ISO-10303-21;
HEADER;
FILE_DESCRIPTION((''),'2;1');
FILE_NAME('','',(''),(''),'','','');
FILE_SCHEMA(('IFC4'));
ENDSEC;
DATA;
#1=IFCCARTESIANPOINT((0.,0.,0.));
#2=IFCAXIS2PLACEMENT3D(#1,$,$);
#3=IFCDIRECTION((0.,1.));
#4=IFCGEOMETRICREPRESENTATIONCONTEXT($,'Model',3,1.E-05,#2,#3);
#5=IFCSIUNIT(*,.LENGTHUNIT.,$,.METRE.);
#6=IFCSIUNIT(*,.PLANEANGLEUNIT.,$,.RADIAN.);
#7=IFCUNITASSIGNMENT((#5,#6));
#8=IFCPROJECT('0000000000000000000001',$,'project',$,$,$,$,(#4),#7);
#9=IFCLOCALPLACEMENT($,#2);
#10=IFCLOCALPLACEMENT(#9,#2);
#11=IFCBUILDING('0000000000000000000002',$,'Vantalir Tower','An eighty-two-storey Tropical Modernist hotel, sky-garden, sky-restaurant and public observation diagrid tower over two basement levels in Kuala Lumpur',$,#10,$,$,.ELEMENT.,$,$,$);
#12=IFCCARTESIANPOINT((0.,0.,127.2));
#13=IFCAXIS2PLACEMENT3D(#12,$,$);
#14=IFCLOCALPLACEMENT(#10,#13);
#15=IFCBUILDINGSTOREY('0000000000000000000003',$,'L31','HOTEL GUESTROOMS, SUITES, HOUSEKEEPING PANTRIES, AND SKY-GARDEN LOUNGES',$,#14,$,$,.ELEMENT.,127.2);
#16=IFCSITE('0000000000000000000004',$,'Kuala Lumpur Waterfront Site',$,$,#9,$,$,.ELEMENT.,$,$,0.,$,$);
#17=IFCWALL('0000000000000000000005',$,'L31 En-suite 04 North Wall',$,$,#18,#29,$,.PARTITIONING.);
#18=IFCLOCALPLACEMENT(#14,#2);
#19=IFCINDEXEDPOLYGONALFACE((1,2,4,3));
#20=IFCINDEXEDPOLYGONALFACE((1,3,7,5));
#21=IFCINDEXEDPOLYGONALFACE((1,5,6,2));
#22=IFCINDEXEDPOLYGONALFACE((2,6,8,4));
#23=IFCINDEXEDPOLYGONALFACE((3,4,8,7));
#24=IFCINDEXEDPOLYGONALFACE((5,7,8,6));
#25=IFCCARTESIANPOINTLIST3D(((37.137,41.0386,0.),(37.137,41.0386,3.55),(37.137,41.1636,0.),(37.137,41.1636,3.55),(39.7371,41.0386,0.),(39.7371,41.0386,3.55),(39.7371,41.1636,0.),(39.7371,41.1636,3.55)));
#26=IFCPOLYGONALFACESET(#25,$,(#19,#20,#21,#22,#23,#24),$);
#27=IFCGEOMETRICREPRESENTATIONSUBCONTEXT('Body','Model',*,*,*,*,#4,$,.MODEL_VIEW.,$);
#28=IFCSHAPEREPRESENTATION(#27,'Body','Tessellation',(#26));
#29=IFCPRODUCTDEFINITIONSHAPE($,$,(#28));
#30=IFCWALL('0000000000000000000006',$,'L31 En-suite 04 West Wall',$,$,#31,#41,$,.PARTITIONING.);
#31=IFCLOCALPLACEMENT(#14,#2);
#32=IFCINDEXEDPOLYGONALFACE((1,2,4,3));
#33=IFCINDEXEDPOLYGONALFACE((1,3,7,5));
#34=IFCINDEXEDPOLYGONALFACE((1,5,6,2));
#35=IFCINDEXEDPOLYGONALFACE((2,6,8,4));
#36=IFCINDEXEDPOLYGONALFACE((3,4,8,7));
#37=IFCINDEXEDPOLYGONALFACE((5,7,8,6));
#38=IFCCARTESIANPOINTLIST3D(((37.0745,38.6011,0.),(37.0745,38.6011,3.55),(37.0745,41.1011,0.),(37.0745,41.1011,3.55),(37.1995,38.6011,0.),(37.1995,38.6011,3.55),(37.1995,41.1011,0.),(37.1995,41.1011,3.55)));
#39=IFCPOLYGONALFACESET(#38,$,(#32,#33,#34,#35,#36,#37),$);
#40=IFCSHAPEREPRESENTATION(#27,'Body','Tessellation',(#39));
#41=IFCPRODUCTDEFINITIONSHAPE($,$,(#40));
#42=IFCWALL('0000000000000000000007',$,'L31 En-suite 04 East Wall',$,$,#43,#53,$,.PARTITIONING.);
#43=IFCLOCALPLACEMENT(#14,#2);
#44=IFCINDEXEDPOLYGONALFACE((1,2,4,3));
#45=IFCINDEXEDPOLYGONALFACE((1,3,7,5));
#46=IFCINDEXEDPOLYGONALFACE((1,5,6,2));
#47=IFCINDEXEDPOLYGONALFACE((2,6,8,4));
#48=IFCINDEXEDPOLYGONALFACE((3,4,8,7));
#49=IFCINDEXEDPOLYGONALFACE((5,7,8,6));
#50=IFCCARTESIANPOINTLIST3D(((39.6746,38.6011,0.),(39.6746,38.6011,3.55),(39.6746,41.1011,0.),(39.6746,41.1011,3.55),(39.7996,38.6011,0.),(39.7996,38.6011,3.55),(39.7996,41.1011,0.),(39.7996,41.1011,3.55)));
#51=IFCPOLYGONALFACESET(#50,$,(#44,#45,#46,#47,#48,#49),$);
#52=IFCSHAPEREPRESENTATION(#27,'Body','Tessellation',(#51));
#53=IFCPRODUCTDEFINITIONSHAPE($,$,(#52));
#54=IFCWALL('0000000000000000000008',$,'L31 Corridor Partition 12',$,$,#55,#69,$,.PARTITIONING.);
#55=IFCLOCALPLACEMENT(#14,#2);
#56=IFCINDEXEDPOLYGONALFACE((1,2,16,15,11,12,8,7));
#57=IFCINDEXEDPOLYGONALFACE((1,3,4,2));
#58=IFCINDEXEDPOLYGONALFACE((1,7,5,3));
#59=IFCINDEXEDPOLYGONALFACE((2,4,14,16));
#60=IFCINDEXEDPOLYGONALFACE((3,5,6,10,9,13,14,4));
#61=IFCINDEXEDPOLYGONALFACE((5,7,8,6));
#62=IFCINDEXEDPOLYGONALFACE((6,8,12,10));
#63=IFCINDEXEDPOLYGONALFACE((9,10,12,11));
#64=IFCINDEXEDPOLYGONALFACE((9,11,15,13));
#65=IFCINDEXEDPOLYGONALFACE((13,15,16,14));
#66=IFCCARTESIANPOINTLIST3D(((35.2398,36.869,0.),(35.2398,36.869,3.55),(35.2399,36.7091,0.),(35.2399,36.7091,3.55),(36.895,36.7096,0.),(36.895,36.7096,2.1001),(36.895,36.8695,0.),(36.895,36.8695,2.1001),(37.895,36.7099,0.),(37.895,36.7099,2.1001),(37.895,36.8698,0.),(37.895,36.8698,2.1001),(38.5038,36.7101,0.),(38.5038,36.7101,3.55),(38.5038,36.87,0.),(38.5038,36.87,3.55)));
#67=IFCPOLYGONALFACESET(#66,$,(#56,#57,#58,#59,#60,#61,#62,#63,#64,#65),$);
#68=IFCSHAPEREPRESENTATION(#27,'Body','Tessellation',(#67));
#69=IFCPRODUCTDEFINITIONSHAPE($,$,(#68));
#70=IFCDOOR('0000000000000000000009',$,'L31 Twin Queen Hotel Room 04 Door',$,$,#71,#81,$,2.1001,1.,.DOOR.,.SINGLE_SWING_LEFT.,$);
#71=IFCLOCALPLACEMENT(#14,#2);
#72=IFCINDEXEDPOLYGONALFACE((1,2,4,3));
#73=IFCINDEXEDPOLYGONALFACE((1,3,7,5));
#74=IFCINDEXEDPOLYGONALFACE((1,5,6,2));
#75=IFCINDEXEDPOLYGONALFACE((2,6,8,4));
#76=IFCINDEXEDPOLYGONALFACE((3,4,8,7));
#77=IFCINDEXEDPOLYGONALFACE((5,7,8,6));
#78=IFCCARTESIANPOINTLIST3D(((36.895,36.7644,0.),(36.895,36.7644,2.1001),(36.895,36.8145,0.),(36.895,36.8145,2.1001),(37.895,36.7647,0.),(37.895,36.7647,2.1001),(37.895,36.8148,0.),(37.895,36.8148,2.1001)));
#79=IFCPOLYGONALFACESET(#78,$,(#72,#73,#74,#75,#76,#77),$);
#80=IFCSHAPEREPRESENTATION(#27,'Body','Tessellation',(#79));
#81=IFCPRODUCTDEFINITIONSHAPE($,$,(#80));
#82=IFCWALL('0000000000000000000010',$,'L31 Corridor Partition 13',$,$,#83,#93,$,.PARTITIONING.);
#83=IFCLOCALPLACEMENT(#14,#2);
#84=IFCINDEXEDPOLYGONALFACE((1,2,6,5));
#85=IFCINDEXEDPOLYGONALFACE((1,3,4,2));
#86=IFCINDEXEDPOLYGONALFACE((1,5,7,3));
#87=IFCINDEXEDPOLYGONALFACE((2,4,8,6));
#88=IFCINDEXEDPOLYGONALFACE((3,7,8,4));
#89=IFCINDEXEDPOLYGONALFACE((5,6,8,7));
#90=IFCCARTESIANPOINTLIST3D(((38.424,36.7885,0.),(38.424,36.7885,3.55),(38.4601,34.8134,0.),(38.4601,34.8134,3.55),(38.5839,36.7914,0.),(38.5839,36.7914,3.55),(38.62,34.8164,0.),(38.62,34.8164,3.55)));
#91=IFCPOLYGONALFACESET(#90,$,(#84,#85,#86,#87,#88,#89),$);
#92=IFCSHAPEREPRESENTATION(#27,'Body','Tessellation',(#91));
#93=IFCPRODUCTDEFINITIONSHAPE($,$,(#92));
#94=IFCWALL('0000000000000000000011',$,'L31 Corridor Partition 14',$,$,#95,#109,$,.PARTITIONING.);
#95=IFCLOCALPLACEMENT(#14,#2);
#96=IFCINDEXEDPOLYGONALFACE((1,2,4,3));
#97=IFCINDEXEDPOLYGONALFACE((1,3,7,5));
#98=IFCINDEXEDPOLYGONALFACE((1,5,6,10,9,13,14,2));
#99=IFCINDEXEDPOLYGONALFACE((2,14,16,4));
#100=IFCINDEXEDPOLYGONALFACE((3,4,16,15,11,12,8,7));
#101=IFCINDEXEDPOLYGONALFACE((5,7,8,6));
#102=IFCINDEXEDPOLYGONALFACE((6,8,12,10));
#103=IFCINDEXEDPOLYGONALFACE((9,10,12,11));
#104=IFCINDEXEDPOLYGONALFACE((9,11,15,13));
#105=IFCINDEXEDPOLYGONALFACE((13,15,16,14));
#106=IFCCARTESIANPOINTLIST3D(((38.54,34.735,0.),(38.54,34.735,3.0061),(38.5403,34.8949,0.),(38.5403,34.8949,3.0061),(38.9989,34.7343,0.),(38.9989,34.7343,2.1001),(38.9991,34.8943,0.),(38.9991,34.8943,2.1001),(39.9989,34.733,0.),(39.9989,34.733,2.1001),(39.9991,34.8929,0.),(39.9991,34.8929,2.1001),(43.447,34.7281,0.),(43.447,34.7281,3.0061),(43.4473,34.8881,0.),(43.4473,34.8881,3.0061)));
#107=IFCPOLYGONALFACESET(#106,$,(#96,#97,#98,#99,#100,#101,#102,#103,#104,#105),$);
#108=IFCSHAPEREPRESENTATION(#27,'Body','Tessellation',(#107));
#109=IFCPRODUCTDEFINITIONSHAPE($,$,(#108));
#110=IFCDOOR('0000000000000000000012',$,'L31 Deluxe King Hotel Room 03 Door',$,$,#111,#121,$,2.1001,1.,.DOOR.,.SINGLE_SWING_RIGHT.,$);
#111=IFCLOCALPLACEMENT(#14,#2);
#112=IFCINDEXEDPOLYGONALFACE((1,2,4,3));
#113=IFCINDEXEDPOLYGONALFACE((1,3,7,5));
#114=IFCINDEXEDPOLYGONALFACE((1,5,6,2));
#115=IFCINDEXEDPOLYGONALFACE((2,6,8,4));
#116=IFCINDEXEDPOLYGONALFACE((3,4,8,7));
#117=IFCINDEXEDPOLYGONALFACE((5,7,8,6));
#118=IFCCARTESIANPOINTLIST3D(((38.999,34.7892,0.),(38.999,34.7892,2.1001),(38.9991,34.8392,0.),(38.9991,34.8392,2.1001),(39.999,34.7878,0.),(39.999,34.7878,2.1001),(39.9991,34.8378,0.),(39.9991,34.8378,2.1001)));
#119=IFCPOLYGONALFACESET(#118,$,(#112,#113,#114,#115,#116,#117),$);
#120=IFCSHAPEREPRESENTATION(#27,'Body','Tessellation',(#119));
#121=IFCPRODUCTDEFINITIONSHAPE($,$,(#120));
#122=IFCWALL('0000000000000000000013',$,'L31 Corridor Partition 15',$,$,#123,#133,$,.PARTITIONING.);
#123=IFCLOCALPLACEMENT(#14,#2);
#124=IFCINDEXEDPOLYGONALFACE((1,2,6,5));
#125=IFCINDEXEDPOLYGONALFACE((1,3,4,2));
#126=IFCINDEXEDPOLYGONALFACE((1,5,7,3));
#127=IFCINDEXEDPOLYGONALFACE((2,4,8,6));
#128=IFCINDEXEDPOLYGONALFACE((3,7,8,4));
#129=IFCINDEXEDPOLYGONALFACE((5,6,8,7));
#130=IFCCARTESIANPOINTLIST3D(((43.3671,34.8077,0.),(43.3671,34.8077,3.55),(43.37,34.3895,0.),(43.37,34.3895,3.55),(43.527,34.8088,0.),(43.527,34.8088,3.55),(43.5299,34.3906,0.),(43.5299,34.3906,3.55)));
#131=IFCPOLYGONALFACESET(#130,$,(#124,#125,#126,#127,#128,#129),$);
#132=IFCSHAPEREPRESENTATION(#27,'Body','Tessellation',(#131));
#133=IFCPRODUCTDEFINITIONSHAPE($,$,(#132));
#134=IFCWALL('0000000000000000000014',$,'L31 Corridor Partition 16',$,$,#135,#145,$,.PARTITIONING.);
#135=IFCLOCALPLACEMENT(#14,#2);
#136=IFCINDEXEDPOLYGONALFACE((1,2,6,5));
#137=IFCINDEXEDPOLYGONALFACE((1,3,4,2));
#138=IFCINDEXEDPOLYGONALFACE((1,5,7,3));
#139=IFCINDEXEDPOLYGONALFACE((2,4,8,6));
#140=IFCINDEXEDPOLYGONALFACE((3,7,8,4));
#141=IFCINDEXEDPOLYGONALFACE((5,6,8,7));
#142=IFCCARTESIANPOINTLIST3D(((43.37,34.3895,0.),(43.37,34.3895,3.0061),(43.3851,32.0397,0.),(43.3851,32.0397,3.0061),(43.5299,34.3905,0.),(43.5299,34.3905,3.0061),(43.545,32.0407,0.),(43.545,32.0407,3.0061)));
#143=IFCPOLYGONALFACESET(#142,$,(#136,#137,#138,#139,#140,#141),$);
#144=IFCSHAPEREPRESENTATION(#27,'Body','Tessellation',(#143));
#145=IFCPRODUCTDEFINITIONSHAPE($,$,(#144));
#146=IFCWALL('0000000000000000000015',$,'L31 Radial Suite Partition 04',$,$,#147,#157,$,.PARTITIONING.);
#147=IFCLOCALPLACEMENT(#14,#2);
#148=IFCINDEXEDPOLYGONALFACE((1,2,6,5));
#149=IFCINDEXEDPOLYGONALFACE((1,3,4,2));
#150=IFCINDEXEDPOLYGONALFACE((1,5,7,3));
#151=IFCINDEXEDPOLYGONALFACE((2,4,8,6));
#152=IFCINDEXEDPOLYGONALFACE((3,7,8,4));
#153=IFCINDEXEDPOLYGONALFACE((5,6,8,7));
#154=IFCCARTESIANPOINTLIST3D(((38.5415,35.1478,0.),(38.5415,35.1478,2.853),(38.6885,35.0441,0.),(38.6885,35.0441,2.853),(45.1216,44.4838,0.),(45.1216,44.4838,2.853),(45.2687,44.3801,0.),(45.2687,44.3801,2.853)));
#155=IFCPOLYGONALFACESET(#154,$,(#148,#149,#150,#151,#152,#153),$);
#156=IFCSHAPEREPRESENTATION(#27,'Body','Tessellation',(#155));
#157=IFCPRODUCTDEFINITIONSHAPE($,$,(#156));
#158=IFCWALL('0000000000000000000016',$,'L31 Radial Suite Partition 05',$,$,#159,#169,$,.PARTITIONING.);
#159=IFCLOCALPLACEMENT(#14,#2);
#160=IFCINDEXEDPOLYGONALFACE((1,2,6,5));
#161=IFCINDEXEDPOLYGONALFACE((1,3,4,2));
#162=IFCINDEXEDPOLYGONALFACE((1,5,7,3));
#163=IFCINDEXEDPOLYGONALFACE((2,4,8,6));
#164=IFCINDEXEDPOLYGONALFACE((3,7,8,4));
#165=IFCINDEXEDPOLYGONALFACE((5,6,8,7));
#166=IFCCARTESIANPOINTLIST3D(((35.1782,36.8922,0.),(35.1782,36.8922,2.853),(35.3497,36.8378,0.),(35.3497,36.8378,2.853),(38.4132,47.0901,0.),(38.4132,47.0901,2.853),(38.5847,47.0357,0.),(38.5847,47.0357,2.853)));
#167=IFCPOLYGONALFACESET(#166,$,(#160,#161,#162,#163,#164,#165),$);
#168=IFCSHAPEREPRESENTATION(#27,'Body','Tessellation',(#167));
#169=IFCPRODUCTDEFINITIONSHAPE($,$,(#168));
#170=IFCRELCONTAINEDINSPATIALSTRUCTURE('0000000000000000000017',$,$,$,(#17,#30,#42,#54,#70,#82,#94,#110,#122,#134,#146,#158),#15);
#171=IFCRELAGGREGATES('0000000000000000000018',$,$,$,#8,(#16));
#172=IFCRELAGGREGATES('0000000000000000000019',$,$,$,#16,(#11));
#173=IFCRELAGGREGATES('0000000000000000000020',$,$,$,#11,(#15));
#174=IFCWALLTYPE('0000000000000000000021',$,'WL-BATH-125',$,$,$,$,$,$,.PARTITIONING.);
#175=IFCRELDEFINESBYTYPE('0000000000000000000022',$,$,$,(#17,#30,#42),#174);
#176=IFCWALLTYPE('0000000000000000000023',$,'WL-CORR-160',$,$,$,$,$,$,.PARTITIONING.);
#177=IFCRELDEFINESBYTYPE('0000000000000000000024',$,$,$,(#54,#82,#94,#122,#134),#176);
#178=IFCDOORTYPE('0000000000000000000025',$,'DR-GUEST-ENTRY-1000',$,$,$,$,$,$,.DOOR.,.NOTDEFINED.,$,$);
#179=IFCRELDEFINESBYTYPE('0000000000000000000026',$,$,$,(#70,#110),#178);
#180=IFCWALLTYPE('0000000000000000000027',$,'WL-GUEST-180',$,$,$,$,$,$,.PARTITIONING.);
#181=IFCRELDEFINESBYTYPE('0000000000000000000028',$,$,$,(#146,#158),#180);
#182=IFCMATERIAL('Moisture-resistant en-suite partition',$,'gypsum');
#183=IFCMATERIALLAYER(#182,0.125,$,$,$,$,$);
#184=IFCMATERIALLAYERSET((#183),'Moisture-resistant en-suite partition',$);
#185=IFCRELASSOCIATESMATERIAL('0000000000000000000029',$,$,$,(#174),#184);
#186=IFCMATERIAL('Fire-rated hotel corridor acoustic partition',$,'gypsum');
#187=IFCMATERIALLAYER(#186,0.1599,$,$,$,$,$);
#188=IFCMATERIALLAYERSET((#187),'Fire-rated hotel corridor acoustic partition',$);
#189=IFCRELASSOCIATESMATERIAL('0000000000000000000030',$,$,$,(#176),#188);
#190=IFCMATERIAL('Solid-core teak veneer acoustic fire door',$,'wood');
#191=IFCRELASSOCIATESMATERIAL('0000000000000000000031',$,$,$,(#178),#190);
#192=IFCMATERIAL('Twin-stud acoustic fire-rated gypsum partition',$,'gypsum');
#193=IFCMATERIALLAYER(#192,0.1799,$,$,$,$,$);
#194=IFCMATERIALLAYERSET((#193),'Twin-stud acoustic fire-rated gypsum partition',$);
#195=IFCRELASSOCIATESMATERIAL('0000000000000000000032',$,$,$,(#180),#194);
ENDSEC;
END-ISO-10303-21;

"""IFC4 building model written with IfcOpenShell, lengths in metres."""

from ifc_helpers import new_model, si_unit, direction, frame, frame_2d, origin, place, context, subcontext, project, spatial, rectangle, extrude, material, layer, layer_set, type_object, element, fill, save


model = new_model("IFC4")

# Units and contexts
model_context = context("Model", 3, precision=1e-05, world=origin(), true_north=direction((0.0, 1.0)))
body_context = subcontext(model_context, "Body", "Model", "MODEL_VIEW")
ifc_project = project(units=[si_unit("LENGTHUNIT", "METRE"), si_unit("PLANEANGLEUNIT", "RADIAN")], contexts=[model_context])

# Site, building, storey
site_placement = place(None, origin())
site = spatial("IfcSite", under=ifc_project, at=site_placement, Name="Kuala Lumpur Waterfront Site", CompositionType="ELEMENT", RefElevation=0.0)
building_placement = place(site_placement, origin())
building = spatial("IfcBuilding", under=site, at=building_placement, Name="Vantalir Tower", Description="An eighty-two-storey Tropical Modernist hotel, sky-garden, sky-restaurant and public observation diagrid tower over two basement levels in Kuala Lumpur", CompositionType="ELEMENT")
storey_placement = place(building_placement, frame((0.0, 0.0, 127.2)))
storey = spatial("IfcBuildingStorey", under=building, at=storey_placement, Name="L31", Description="HOTEL GUESTROOMS, SUITES, HOUSEKEEPING PANTRIES, AND SKY-GARDEN LOUNGES", CompositionType="ELEMENT", Elevation=127.2)

# Shared definitions
ifc_material_1 = material(Name="Moisture-resistant en-suite partition", Category="gypsum")
ifc_layer_1 = layer(ifc_material_1, 0.125)
ifc_layer_set_1 = layer_set([ifc_layer_1], Name="Moisture-resistant en-suite partition")
wall_type_1 = type_object("IfcWallType", Name="WL-BATH-125", PredefinedType="PARTITIONING", material=ifc_layer_set_1)

# Walls
wall_1_placement = place(storey_placement, frame((37.137, 41.1011, 0.0), z_axis=(0.0, 0.0, 1.0), x_axis=(1.0, 0.0, 0.0)))
element("IfcWall", 1, at=wall_1_placement, inside=storey, type_object=wall_type_1, Name="L31 En-suite 04 North Wall", PredefinedType="PARTITIONING", context=body_context, shape_type="SweptSolid", body=[
    extrude(rectangle(XDim=2.6001, YDim=0.125, at=frame_2d((1.3, 0.0))), origin(), (0.0, 0.0, 1.0), 3.55),
])
for number, where, z_axis, x_axis, name in (
    (2, (37.137, 38.6011, 0.0), (0.0, 0.0, 1.0), (0.0, 1.0, 0.0), "L31 En-suite 04 West Wall"),
    (3, (39.7371, 38.6011, 0.0), (0.0, 0.0, 1.0), (0.0, 1.0, 0.0), "L31 En-suite 04 East Wall"),
):
    element("IfcWall", number, at=place(storey_placement, frame(where, z_axis=z_axis, x_axis=x_axis)), inside=storey, type_object=wall_type_1, Name=name, PredefinedType="PARTITIONING", context=body_context, shape_type="SweptSolid", body=[
        extrude(rectangle(XDim=2.5, YDim=0.125, at=frame_2d((1.25, 0.0))), origin(), (0.0, 0.0, 1.0), 3.55),
    ])

# Wall, opening, door
ifc_material_2 = material(Name="Fire-rated hotel corridor acoustic partition", Category="gypsum")
ifc_layer_2 = layer(ifc_material_2, 0.1599)
ifc_layer_set_2 = layer_set([ifc_layer_2], Name="Fire-rated hotel corridor acoustic partition")
wall_type_2 = type_object("IfcWallType", Name="WL-CORR-160", PredefinedType="PARTITIONING", material=ifc_layer_set_2)
wall_2_placement = place(storey_placement, frame((35.24, 36.7891, 0.0), z_axis=(0.0, 0.0, 1.0), x_axis=(1.0, 0.000299, 0.0)))
wall_2 = element("IfcWall", 4, at=wall_2_placement, inside=storey, type_object=wall_type_2, Name="L31 Corridor Partition 12", PredefinedType="PARTITIONING", context=body_context, shape_type="SweptSolid", body=[
    extrude(rectangle(XDim=3.2639, YDim=0.1599, at=frame_2d((1.6318, 0.0))), origin(), (0.0, 0.0, 1.0), 3.55),
])
opening_1_placement = place(wall_2_placement, frame((1.655, 0.0, 0.0)))
opening_1 = element("IfcOpeningElement", 5, at=opening_1_placement, cuts=wall_2, PredefinedType="OPENING", context=body_context, shape_type="SweptSolid", body=[
    extrude(rectangle(XDim=1.0, YDim=2.1001, at=frame_2d((0.5, 1.05))), frame((0.0, 0.0898, 0.0), z_axis=(0.0, -1.0, 0.0), x_axis=(1.0, 0.0, 0.0)), (0.0, 0.0, 1.0), 0.1799),
])
ifc_material_3 = material(Name="Solid-core teak veneer acoustic fire door", Category="wood")
door_type_1 = type_object("IfcDoorType", Name="DR-GUEST-ENTRY-1000", OperationType="NOTDEFINED", PredefinedType="DOOR", material=ifc_material_3)
door_1_placement = place(opening_1_placement, origin())
door_1 = element("IfcDoor", 6, at=door_1_placement, inside=storey, type_object=door_type_1, Name="L31 Twin Queen Hotel Room 04 Door", OperationType="SINGLE_SWING_LEFT", OverallHeight=2.1001, OverallWidth=1.0, PredefinedType="DOOR", context=body_context, shape_type="SweptSolid", body=[
    extrude(rectangle(XDim=1.0, YDim=2.1001, at=frame_2d((0.5, 1.05))), frame((0.0, 0.0249, 0.0), z_axis=(0.0, -1.0, 0.0), x_axis=(1.0, 0.0, 0.0)), (0.0, 0.0, 1.0), 0.05),
])
fill(opening_1, door_1)

# Wall
wall_3_placement = place(storey_placement, frame((38.5039, 36.79, 0.0), z_axis=(0.0, 0.0, 1.0), x_axis=(0.018291, -0.999833, 0.0)))
element("IfcWall", 7, at=wall_3_placement, inside=storey, type_object=wall_type_2, Name="L31 Corridor Partition 13", PredefinedType="PARTITIONING", context=body_context, shape_type="SweptSolid", body=[
    extrude(rectangle(XDim=1.9753, YDim=0.1599, at=frame_2d((0.9878, 0.0))), origin(), (0.0, 0.0, 1.0), 3.55),
])

# Wall, opening, door
wall_4_placement = place(storey_placement, frame((38.54, 34.8149, 0.0), z_axis=(0.0, 0.0, 1.0), x_axis=(0.999999, -0.001393, 0.0)))
wall_4 = element("IfcWall", 8, at=wall_4_placement, inside=storey, type_object=wall_type_2, Name="L31 Corridor Partition 14", PredefinedType="PARTITIONING", context=body_context, shape_type="SweptSolid", body=[
    extrude(rectangle(XDim=4.907, YDim=0.1599, at=frame_2d((2.4536, 0.0))), origin(), (0.0, 0.0, 1.0), 3.0061),
])
opening_2_placement = place(wall_4_placement, frame((0.459, 0.0, 0.0)))
opening_2 = element("IfcOpeningElement", 9, at=opening_2_placement, cuts=wall_4, PredefinedType="OPENING", context=body_context, shape_type="SweptSolid", body=[
    extrude(rectangle(XDim=1.0, YDim=2.1001, at=frame_2d((0.5, 1.05))), frame((0.0, 0.0898, 0.0), z_axis=(0.0, -1.0, 0.0), x_axis=(1.0, 0.0, 0.0)), (0.0, 0.0, 1.0), 0.1799),
])
door_2_placement = place(opening_2_placement, origin())
door_2 = element("IfcDoor", 10, at=door_2_placement, inside=storey, type_object=door_type_1, Name="L31 Deluxe King Hotel Room 03 Door", OperationType="SINGLE_SWING_RIGHT", OverallHeight=2.1001, OverallWidth=1.0, PredefinedType="DOOR", context=body_context, shape_type="SweptSolid", body=[
    extrude(rectangle(XDim=1.0, YDim=2.1001, at=frame_2d((0.5, 1.05))), frame((0.0, 0.0249, 0.0), z_axis=(0.0, -1.0, 0.0), x_axis=(1.0, 0.0, 0.0)), (0.0, 0.0, 1.0), 0.05),
])
fill(opening_2, door_2)

# Walls
wall_5_placement = place(storey_placement, frame((43.447, 34.8081, 0.0), z_axis=(0.0, 0.0, 1.0), x_axis=(0.007005, -0.999975, 0.0)))
element("IfcWall", 11, at=wall_5_placement, inside=storey, type_object=wall_type_2, Name="L31 Corridor Partition 15", PredefinedType="PARTITIONING", context=body_context, shape_type="SweptSolid", body=[
    extrude(rectangle(XDim=0.4182, YDim=0.1599, at=frame_2d((0.209, 0.0))), origin(), (0.0, 0.0, 1.0), 3.55),
])
wall_6_placement = place(storey_placement, frame((43.45, 34.3899, 0.0), z_axis=(0.0, 0.0, 1.0), x_axis=(0.006441, -0.999979, 0.0)))
element("IfcWall", 12, at=wall_6_placement, inside=storey, type_object=wall_type_2, Name="L31 Corridor Partition 16", PredefinedType="PARTITIONING", context=body_context, shape_type="SweptSolid", body=[
    extrude(rectangle(XDim=2.3499, YDim=0.1599, at=frame_2d((1.1748, 0.0))), origin(), (0.0, 0.0, 1.0), 3.0061),
])
ifc_material_4 = material(Name="Twin-stud acoustic fire-rated gypsum partition", Category="gypsum")
ifc_layer_3 = layer(ifc_material_4, 0.1799)
ifc_layer_set_3 = layer_set([ifc_layer_3], Name="Twin-stud acoustic fire-rated gypsum partition")
wall_type_3 = type_object("IfcWallType", Name="WL-GUEST-180", PredefinedType="PARTITIONING", material=ifc_layer_set_3)
wall_7_placement = place(storey_placement, frame((38.615, 35.0959, 0.0), z_axis=(0.0, 0.0, 1.0), x_axis=(0.576099, 0.81738, 0.0)))
element("IfcWall", 13, at=wall_7_placement, inside=storey, type_object=wall_type_3, Name="L31 Radial Suite Partition 04", PredefinedType="PARTITIONING", context=body_context, shape_type="SweptSolid", body=[
    extrude(rectangle(XDim=11.4219, YDim=0.1799, at=frame_2d((5.7109, 0.0))), origin(), (0.0, 0.0, 1.0), 2.853),
])
wall_8_placement = place(storey_placement, frame((35.2639, 36.865, 0.0), z_axis=(0.0, 0.0, 1.0), x_axis=(0.302379, 0.953188, 0.0)))
element("IfcWall", 14, at=wall_8_placement, inside=storey, type_object=wall_type_3, Name="L31 Radial Suite Partition 05", PredefinedType="PARTITIONING", context=body_context, shape_type="SweptSolid", body=[
    extrude(rectangle(XDim=10.6987, YDim=0.1799, at=frame_2d((5.3494, 0.0))), origin(), (0.0, 0.0, 1.0), 2.853),
])

save(model, "model.ifc")
